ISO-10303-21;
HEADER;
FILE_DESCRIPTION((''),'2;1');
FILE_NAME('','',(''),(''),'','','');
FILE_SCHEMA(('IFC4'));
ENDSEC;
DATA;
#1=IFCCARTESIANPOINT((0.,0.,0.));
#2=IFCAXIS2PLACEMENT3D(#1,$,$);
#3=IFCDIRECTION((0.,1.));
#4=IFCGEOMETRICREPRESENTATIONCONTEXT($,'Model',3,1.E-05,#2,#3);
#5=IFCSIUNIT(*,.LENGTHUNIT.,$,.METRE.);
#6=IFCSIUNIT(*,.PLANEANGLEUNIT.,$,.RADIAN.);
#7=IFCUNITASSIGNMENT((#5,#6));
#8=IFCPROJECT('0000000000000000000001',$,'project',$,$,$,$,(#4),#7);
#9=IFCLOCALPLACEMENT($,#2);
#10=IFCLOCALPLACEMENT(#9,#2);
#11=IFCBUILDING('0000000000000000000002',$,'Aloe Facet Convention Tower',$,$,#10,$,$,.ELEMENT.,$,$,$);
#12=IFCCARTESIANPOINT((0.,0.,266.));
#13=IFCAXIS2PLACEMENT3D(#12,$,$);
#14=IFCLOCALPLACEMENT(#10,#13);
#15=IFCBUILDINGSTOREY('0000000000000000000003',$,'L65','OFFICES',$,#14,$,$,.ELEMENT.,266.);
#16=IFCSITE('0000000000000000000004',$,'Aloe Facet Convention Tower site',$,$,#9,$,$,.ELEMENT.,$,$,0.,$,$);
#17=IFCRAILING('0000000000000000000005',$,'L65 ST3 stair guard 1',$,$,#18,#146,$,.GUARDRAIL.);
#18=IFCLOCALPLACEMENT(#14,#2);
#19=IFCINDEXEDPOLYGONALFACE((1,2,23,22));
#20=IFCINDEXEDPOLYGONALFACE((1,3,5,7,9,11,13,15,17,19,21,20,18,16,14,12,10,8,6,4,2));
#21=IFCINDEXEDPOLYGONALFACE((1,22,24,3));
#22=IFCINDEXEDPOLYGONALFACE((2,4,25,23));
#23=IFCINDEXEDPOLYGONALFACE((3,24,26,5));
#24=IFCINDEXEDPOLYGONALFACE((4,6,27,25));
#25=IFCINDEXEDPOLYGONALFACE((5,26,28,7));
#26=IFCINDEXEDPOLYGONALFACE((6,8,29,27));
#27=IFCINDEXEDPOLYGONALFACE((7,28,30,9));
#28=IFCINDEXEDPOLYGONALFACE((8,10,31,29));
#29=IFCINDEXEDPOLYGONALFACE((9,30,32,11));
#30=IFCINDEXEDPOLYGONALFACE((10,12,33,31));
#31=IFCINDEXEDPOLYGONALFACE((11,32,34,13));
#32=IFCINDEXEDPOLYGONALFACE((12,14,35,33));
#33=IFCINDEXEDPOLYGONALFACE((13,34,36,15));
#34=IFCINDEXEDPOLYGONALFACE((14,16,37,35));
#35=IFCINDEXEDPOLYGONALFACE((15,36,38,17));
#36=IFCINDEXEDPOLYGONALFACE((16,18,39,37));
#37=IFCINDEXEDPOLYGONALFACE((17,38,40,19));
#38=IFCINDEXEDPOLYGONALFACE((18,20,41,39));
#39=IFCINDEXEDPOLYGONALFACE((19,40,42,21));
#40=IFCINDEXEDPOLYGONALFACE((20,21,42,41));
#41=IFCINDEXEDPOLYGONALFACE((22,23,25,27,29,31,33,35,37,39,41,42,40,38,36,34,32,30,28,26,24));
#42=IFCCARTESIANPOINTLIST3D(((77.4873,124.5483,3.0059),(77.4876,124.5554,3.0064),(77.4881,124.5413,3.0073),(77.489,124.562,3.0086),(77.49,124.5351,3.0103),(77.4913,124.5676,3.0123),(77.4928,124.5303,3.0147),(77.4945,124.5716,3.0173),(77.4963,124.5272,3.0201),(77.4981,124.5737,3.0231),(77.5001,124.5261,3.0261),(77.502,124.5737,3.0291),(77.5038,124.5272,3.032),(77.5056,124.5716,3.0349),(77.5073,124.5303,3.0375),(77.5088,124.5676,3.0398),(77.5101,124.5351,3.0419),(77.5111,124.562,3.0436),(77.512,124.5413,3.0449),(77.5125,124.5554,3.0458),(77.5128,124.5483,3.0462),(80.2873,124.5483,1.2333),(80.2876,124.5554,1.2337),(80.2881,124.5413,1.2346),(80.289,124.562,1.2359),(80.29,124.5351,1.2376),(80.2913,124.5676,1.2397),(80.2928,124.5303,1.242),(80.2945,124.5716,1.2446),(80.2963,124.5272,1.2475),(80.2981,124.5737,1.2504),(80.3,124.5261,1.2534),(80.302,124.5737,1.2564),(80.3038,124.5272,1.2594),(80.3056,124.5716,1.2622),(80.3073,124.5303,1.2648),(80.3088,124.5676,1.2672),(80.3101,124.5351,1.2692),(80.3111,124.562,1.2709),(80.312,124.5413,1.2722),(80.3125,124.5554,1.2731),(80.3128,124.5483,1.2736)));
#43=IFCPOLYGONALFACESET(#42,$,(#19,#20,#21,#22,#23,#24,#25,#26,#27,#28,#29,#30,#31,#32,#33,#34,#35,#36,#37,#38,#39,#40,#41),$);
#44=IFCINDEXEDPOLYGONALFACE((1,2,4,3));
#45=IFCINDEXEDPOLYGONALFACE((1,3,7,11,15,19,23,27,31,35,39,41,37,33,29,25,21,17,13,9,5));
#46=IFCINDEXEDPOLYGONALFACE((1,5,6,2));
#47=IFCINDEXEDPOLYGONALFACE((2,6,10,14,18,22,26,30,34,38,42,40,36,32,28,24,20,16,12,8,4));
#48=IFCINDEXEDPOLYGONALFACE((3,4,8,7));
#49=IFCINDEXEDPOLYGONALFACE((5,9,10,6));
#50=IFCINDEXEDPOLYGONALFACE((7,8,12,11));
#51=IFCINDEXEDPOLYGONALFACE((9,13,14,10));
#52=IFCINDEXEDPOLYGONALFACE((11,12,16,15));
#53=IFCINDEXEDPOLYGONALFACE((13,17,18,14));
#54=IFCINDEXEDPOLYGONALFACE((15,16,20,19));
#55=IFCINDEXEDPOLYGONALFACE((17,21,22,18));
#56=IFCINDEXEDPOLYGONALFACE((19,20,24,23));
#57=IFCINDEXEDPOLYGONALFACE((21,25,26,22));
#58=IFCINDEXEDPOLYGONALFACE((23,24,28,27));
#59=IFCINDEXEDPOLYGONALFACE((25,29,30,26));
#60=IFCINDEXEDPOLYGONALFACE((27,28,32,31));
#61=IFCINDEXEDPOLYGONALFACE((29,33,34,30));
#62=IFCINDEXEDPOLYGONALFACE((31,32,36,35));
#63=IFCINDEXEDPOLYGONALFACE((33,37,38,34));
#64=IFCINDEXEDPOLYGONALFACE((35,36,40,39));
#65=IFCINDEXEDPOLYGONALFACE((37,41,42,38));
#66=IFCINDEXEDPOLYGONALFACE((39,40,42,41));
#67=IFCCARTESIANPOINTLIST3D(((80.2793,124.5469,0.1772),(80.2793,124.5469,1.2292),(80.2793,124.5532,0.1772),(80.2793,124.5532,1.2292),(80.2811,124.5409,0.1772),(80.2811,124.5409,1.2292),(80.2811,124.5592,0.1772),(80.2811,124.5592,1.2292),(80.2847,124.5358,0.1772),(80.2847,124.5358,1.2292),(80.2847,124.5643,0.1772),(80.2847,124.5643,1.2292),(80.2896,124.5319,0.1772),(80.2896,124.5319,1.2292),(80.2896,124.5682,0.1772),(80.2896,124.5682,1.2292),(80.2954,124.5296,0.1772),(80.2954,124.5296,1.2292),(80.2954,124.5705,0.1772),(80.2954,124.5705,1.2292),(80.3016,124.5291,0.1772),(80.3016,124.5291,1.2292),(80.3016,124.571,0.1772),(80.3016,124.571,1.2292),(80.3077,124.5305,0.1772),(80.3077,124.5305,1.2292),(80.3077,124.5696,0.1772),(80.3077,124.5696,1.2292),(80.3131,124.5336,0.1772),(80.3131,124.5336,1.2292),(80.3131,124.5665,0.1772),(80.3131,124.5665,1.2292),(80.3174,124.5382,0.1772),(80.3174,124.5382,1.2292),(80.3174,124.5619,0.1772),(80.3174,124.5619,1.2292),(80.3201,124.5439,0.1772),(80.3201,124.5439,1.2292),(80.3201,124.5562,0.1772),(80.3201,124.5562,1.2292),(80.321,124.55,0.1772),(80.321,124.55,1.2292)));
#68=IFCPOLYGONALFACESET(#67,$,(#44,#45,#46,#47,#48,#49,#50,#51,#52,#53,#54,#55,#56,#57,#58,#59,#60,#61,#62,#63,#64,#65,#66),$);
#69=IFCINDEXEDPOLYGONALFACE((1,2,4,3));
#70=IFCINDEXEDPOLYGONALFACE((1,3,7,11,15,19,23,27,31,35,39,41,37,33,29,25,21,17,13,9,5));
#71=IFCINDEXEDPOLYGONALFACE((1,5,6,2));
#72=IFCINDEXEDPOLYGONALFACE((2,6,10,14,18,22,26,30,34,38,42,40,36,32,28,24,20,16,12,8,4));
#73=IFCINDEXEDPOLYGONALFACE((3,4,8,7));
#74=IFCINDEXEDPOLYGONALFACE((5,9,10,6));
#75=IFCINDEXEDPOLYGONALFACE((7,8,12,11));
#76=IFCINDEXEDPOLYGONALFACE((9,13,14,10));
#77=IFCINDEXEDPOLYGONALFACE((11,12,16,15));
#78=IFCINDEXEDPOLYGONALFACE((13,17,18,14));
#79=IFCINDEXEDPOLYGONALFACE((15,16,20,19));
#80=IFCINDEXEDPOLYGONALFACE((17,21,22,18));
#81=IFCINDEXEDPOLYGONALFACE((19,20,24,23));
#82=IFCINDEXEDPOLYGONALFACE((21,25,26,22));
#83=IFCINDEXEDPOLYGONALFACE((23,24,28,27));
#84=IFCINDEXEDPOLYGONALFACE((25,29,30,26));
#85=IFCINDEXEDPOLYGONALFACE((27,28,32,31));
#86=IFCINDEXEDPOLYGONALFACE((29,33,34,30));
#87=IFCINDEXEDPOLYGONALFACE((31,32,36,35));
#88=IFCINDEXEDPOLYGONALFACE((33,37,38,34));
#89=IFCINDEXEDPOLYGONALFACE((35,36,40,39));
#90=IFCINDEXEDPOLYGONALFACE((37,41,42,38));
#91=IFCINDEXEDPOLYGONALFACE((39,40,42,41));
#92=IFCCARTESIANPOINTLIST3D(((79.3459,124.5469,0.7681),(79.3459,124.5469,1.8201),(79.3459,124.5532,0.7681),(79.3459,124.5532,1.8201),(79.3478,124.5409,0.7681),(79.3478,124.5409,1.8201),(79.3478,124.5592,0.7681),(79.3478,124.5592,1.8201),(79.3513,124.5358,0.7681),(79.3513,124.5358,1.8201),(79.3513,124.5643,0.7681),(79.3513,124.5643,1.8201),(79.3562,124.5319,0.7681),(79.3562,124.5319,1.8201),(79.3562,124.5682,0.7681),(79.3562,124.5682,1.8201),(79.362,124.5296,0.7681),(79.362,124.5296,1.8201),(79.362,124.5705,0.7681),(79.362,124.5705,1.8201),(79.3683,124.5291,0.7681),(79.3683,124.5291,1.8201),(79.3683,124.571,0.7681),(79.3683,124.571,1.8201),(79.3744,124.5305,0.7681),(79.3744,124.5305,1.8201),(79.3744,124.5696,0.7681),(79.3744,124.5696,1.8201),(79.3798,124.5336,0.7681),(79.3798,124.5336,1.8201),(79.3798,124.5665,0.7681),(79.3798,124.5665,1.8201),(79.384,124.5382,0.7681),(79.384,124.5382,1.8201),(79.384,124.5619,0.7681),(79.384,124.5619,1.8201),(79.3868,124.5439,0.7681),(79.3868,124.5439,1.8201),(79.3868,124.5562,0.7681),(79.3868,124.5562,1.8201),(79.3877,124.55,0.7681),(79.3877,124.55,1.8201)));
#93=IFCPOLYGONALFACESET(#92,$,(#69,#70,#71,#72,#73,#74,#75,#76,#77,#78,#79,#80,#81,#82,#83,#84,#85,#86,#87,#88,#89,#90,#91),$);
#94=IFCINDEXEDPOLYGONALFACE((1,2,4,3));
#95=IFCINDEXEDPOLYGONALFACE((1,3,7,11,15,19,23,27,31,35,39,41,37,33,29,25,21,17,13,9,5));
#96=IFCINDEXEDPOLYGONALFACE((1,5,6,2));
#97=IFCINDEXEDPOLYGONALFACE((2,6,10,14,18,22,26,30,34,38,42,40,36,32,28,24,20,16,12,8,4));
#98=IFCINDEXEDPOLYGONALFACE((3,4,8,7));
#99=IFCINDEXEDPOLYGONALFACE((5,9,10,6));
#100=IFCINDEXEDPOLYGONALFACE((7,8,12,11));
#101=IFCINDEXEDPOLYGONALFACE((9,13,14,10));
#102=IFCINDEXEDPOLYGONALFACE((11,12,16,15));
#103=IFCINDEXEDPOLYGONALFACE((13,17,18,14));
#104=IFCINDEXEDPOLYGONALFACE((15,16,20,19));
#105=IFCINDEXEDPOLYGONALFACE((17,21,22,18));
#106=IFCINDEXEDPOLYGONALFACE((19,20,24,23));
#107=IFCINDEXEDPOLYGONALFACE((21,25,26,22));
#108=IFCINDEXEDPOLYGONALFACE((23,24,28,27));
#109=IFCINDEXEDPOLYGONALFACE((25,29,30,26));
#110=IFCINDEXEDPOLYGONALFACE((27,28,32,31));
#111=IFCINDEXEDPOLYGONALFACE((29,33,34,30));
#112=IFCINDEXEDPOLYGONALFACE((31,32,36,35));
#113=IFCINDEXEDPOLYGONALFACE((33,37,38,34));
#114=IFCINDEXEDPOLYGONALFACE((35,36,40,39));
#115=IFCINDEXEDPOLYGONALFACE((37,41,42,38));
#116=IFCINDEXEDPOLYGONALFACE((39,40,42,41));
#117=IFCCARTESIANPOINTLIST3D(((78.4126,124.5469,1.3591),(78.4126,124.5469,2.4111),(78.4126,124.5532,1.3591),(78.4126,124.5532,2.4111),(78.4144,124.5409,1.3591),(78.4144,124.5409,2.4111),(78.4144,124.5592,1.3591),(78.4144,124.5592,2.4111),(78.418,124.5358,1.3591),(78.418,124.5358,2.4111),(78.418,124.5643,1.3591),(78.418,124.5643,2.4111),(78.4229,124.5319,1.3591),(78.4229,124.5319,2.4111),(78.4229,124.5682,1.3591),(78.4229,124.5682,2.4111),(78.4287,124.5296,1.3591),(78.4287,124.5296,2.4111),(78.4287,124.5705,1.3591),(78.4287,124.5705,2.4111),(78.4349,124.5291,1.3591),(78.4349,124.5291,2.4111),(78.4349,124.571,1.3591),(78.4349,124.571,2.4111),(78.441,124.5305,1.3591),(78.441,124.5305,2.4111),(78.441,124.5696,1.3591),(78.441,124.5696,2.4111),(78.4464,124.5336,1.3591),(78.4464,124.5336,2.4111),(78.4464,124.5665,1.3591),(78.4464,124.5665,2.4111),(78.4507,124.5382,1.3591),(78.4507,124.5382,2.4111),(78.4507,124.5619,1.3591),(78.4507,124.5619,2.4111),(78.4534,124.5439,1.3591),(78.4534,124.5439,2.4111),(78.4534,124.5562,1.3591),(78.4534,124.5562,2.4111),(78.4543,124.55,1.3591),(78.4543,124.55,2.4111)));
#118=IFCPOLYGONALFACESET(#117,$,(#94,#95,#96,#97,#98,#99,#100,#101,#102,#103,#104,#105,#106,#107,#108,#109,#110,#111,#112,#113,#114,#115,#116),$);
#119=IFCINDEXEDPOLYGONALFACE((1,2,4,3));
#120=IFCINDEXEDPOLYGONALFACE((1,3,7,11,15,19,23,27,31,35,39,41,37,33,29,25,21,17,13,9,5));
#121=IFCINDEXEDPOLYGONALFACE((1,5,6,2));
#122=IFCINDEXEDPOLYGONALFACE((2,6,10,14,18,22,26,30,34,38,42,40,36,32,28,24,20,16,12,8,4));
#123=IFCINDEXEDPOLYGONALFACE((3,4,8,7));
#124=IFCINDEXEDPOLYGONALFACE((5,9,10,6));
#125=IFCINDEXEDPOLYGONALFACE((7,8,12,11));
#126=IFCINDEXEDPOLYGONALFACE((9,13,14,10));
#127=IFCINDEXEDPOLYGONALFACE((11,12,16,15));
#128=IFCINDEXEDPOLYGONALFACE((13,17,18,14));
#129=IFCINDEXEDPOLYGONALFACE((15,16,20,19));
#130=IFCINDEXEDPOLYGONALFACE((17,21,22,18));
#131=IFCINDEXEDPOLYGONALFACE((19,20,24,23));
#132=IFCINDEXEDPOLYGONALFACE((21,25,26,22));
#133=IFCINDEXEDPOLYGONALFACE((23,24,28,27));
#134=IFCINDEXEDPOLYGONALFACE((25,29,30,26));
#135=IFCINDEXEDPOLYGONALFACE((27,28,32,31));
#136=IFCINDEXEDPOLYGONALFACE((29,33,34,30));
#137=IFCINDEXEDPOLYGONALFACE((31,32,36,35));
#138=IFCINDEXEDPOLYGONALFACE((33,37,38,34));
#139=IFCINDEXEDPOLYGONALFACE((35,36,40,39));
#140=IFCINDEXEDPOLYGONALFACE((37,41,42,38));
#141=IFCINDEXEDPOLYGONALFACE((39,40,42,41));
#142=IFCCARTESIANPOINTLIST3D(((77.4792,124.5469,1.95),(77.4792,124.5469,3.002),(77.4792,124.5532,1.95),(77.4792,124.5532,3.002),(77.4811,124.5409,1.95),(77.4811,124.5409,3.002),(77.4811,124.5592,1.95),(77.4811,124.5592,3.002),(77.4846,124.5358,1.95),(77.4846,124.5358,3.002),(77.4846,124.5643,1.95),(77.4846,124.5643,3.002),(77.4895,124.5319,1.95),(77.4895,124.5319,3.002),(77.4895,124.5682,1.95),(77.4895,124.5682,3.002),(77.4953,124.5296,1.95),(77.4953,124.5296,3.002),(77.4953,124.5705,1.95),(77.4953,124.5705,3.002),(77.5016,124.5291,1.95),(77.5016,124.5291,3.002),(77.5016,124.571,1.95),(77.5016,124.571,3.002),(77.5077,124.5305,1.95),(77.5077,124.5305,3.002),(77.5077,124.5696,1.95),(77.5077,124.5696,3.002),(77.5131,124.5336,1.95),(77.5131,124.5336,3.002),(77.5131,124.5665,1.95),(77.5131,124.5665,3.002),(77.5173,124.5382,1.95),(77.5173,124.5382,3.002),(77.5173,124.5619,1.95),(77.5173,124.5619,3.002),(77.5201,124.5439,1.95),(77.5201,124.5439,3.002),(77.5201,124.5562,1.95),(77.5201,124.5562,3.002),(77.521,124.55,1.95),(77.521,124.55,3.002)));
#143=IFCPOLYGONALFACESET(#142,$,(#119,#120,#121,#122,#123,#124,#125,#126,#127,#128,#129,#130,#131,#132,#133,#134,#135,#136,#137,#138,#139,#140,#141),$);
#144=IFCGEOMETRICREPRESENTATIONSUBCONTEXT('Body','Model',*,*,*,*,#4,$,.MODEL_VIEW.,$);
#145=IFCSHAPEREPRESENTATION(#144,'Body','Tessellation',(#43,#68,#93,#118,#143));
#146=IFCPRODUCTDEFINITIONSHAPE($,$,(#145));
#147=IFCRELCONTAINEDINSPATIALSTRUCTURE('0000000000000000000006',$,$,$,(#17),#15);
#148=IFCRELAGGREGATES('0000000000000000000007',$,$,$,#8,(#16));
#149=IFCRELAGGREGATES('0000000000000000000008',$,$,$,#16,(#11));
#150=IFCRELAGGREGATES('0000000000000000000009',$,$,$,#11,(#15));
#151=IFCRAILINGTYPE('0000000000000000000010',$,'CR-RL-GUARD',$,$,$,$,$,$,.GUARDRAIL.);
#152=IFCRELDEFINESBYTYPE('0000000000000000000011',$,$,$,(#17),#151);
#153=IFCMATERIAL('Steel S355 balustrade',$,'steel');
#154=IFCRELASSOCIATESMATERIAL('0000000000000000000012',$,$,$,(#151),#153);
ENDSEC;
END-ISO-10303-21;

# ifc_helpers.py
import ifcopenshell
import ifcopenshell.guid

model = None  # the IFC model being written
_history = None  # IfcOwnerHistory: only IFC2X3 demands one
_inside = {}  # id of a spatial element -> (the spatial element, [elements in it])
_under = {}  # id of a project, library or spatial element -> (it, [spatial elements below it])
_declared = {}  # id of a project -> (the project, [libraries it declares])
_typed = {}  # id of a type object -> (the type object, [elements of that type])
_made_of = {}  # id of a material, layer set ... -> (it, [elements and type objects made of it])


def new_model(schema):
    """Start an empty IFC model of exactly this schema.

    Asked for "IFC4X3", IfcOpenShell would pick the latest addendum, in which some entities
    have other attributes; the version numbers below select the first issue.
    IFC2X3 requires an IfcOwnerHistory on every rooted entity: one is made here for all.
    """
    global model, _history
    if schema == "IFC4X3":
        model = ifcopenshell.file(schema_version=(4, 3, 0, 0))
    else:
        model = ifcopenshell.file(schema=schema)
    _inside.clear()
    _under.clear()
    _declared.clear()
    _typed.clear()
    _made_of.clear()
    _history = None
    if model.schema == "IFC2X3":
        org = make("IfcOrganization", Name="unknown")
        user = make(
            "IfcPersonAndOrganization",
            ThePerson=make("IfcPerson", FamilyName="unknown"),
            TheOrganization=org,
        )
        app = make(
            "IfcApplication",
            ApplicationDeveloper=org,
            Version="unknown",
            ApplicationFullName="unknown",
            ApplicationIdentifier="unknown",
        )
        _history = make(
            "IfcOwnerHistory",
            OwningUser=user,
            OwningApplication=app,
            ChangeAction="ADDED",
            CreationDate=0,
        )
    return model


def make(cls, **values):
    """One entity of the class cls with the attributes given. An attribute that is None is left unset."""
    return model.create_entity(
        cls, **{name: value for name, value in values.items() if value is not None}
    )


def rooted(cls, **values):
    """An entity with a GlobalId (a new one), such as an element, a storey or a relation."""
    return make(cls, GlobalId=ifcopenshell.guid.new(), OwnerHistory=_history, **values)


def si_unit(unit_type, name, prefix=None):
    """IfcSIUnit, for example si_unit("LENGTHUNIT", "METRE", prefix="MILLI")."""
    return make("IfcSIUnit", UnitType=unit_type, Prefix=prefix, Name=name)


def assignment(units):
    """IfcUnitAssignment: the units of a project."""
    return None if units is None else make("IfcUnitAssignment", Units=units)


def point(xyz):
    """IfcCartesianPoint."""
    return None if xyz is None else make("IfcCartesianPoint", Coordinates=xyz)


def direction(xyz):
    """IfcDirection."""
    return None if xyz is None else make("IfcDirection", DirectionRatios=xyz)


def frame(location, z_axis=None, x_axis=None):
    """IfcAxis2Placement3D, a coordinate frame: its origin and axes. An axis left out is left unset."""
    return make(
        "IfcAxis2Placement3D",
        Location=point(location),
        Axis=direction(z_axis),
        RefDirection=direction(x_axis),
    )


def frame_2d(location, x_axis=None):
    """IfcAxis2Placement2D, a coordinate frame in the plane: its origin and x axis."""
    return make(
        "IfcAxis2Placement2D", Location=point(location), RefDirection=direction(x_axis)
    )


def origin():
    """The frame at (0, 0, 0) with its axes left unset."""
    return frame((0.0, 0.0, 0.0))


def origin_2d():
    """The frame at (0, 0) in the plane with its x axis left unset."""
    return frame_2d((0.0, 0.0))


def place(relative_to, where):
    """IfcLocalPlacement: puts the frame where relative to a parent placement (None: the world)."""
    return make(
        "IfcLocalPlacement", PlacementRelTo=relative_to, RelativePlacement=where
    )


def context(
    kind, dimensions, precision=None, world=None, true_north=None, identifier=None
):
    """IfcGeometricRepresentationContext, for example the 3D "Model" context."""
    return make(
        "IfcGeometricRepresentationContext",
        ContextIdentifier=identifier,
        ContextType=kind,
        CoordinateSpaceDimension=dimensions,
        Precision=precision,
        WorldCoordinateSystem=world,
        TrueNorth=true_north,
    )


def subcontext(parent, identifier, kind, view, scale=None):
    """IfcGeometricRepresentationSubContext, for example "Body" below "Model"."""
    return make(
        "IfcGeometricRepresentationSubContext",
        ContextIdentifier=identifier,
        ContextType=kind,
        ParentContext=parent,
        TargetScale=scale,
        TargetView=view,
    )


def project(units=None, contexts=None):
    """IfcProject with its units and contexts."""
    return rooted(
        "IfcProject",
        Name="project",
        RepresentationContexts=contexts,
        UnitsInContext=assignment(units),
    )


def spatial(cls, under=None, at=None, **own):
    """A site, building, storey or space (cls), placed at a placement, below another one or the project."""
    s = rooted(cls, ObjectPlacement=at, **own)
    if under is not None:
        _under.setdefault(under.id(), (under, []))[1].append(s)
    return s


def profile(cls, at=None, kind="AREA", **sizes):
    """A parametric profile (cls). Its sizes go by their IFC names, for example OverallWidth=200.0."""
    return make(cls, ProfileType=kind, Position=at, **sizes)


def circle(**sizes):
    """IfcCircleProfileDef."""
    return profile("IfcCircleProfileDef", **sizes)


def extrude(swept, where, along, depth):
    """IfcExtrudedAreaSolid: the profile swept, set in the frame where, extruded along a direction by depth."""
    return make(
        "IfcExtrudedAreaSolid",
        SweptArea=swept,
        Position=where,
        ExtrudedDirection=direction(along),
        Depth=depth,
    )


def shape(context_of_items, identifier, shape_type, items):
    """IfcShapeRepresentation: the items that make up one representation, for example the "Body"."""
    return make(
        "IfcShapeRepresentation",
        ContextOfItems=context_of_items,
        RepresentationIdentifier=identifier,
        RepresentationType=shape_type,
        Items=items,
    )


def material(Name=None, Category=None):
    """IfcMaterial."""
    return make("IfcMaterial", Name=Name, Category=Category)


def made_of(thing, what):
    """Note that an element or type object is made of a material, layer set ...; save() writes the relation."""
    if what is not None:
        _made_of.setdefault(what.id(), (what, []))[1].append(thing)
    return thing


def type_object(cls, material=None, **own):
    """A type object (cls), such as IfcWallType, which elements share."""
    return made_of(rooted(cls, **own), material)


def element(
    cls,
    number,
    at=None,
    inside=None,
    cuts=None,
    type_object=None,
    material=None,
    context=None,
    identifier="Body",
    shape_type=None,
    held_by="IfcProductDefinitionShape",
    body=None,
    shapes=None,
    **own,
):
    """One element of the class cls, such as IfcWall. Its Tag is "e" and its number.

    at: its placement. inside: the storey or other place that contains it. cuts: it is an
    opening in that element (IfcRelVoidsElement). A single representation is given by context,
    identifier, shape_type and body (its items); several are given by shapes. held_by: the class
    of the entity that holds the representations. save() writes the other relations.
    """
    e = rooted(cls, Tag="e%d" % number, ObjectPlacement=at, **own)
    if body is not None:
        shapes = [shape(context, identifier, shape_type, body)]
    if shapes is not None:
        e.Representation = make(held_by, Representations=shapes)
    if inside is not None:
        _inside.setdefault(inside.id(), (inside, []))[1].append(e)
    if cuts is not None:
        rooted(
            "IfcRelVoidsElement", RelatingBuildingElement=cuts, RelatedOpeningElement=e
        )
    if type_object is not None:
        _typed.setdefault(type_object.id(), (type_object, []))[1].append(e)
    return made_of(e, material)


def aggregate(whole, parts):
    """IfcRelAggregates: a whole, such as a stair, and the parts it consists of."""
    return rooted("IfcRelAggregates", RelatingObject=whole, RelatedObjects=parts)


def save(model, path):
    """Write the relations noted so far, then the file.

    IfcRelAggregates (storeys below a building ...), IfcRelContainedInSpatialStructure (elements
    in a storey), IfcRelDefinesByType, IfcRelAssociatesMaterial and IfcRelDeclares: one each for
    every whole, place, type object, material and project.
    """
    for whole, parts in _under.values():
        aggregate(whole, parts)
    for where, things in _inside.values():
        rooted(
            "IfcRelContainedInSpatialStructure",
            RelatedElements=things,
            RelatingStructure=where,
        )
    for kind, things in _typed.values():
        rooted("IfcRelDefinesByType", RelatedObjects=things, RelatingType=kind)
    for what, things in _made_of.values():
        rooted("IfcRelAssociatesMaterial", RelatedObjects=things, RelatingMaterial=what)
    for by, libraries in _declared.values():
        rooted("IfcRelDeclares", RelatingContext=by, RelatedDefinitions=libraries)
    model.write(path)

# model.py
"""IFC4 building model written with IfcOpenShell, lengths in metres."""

from ifc_helpers import new_model, si_unit, direction, frame, origin, origin_2d, place, context, subcontext, project, spatial, circle, extrude, material, type_object, element, save


model = new_model("IFC4")

# Units and contexts
model_context = context("Model", 3, precision=1e-05, world=origin(), true_north=direction((0.0, 1.0)))
body_context = subcontext(model_context, "Body", "Model", "MODEL_VIEW")
ifc_project = project(units=[si_unit("LENGTHUNIT", "METRE"), si_unit("PLANEANGLEUNIT", "RADIAN")], contexts=[model_context])

# Site, building, storey
site_placement = place(None, origin())
site = spatial("IfcSite", under=ifc_project, at=site_placement, Name="Aloe Facet Convention Tower site", CompositionType="ELEMENT", RefElevation=0.0)
building_placement = place(site_placement, origin())
building = spatial("IfcBuilding", under=site, at=building_placement, Name="Aloe Facet Convention Tower", CompositionType="ELEMENT")
storey_placement = place(building_placement, frame((0.0, 0.0, 266.0)))
storey = spatial("IfcBuildingStorey", under=building, at=storey_placement, Name="L65", Description="OFFICES", CompositionType="ELEMENT", Elevation=266.0)

# Railing
ifc_material_1 = material(Name="Steel S355 balustrade", Category="steel")
railing_type_1 = type_object("IfcRailingType", Name="CR-RL-GUARD", PredefinedType="GUARDRAIL", material=ifc_material_1)
railing_1_placement = place(storey_placement, frame((80.3, 124.55, 0.1772)))
element("IfcRailing", 1, at=railing_1_placement, inside=storey, type_object=railing_type_1, Name="L65 ST3 stair guard 1", PredefinedType="GUARDRAIL", context=body_context, shape_type="SweptSolid", body=[
    extrude(circle(Radius=0.0239, at=origin_2d()), frame((0.0, 0.0, 1.0762), z_axis=(-0.844909, 0.0, 0.53491), x_axis=(0.0, -1.0, 0.0)), (0.0, 0.0, 1.0), 3.314),
    extrude(circle(Radius=0.021, at=origin_2d()), origin(), (0.0, 0.0, 1.0), 1.052),
    extrude(circle(Radius=0.021, at=origin_2d()), frame((-0.9333, 0.0, 0.5908)), (0.0, 0.0, 1.0), 1.052),
    extrude(circle(Radius=0.021, at=origin_2d()), frame((-1.8667, 0.0, 1.1819)), (0.0, 0.0, 1.0), 1.052),
    extrude(circle(Radius=0.021, at=origin_2d()), frame((-2.8, 0.0, 1.7727)), (0.0, 0.0, 1.0), 1.052),
])

save(model, "model.ifc")
